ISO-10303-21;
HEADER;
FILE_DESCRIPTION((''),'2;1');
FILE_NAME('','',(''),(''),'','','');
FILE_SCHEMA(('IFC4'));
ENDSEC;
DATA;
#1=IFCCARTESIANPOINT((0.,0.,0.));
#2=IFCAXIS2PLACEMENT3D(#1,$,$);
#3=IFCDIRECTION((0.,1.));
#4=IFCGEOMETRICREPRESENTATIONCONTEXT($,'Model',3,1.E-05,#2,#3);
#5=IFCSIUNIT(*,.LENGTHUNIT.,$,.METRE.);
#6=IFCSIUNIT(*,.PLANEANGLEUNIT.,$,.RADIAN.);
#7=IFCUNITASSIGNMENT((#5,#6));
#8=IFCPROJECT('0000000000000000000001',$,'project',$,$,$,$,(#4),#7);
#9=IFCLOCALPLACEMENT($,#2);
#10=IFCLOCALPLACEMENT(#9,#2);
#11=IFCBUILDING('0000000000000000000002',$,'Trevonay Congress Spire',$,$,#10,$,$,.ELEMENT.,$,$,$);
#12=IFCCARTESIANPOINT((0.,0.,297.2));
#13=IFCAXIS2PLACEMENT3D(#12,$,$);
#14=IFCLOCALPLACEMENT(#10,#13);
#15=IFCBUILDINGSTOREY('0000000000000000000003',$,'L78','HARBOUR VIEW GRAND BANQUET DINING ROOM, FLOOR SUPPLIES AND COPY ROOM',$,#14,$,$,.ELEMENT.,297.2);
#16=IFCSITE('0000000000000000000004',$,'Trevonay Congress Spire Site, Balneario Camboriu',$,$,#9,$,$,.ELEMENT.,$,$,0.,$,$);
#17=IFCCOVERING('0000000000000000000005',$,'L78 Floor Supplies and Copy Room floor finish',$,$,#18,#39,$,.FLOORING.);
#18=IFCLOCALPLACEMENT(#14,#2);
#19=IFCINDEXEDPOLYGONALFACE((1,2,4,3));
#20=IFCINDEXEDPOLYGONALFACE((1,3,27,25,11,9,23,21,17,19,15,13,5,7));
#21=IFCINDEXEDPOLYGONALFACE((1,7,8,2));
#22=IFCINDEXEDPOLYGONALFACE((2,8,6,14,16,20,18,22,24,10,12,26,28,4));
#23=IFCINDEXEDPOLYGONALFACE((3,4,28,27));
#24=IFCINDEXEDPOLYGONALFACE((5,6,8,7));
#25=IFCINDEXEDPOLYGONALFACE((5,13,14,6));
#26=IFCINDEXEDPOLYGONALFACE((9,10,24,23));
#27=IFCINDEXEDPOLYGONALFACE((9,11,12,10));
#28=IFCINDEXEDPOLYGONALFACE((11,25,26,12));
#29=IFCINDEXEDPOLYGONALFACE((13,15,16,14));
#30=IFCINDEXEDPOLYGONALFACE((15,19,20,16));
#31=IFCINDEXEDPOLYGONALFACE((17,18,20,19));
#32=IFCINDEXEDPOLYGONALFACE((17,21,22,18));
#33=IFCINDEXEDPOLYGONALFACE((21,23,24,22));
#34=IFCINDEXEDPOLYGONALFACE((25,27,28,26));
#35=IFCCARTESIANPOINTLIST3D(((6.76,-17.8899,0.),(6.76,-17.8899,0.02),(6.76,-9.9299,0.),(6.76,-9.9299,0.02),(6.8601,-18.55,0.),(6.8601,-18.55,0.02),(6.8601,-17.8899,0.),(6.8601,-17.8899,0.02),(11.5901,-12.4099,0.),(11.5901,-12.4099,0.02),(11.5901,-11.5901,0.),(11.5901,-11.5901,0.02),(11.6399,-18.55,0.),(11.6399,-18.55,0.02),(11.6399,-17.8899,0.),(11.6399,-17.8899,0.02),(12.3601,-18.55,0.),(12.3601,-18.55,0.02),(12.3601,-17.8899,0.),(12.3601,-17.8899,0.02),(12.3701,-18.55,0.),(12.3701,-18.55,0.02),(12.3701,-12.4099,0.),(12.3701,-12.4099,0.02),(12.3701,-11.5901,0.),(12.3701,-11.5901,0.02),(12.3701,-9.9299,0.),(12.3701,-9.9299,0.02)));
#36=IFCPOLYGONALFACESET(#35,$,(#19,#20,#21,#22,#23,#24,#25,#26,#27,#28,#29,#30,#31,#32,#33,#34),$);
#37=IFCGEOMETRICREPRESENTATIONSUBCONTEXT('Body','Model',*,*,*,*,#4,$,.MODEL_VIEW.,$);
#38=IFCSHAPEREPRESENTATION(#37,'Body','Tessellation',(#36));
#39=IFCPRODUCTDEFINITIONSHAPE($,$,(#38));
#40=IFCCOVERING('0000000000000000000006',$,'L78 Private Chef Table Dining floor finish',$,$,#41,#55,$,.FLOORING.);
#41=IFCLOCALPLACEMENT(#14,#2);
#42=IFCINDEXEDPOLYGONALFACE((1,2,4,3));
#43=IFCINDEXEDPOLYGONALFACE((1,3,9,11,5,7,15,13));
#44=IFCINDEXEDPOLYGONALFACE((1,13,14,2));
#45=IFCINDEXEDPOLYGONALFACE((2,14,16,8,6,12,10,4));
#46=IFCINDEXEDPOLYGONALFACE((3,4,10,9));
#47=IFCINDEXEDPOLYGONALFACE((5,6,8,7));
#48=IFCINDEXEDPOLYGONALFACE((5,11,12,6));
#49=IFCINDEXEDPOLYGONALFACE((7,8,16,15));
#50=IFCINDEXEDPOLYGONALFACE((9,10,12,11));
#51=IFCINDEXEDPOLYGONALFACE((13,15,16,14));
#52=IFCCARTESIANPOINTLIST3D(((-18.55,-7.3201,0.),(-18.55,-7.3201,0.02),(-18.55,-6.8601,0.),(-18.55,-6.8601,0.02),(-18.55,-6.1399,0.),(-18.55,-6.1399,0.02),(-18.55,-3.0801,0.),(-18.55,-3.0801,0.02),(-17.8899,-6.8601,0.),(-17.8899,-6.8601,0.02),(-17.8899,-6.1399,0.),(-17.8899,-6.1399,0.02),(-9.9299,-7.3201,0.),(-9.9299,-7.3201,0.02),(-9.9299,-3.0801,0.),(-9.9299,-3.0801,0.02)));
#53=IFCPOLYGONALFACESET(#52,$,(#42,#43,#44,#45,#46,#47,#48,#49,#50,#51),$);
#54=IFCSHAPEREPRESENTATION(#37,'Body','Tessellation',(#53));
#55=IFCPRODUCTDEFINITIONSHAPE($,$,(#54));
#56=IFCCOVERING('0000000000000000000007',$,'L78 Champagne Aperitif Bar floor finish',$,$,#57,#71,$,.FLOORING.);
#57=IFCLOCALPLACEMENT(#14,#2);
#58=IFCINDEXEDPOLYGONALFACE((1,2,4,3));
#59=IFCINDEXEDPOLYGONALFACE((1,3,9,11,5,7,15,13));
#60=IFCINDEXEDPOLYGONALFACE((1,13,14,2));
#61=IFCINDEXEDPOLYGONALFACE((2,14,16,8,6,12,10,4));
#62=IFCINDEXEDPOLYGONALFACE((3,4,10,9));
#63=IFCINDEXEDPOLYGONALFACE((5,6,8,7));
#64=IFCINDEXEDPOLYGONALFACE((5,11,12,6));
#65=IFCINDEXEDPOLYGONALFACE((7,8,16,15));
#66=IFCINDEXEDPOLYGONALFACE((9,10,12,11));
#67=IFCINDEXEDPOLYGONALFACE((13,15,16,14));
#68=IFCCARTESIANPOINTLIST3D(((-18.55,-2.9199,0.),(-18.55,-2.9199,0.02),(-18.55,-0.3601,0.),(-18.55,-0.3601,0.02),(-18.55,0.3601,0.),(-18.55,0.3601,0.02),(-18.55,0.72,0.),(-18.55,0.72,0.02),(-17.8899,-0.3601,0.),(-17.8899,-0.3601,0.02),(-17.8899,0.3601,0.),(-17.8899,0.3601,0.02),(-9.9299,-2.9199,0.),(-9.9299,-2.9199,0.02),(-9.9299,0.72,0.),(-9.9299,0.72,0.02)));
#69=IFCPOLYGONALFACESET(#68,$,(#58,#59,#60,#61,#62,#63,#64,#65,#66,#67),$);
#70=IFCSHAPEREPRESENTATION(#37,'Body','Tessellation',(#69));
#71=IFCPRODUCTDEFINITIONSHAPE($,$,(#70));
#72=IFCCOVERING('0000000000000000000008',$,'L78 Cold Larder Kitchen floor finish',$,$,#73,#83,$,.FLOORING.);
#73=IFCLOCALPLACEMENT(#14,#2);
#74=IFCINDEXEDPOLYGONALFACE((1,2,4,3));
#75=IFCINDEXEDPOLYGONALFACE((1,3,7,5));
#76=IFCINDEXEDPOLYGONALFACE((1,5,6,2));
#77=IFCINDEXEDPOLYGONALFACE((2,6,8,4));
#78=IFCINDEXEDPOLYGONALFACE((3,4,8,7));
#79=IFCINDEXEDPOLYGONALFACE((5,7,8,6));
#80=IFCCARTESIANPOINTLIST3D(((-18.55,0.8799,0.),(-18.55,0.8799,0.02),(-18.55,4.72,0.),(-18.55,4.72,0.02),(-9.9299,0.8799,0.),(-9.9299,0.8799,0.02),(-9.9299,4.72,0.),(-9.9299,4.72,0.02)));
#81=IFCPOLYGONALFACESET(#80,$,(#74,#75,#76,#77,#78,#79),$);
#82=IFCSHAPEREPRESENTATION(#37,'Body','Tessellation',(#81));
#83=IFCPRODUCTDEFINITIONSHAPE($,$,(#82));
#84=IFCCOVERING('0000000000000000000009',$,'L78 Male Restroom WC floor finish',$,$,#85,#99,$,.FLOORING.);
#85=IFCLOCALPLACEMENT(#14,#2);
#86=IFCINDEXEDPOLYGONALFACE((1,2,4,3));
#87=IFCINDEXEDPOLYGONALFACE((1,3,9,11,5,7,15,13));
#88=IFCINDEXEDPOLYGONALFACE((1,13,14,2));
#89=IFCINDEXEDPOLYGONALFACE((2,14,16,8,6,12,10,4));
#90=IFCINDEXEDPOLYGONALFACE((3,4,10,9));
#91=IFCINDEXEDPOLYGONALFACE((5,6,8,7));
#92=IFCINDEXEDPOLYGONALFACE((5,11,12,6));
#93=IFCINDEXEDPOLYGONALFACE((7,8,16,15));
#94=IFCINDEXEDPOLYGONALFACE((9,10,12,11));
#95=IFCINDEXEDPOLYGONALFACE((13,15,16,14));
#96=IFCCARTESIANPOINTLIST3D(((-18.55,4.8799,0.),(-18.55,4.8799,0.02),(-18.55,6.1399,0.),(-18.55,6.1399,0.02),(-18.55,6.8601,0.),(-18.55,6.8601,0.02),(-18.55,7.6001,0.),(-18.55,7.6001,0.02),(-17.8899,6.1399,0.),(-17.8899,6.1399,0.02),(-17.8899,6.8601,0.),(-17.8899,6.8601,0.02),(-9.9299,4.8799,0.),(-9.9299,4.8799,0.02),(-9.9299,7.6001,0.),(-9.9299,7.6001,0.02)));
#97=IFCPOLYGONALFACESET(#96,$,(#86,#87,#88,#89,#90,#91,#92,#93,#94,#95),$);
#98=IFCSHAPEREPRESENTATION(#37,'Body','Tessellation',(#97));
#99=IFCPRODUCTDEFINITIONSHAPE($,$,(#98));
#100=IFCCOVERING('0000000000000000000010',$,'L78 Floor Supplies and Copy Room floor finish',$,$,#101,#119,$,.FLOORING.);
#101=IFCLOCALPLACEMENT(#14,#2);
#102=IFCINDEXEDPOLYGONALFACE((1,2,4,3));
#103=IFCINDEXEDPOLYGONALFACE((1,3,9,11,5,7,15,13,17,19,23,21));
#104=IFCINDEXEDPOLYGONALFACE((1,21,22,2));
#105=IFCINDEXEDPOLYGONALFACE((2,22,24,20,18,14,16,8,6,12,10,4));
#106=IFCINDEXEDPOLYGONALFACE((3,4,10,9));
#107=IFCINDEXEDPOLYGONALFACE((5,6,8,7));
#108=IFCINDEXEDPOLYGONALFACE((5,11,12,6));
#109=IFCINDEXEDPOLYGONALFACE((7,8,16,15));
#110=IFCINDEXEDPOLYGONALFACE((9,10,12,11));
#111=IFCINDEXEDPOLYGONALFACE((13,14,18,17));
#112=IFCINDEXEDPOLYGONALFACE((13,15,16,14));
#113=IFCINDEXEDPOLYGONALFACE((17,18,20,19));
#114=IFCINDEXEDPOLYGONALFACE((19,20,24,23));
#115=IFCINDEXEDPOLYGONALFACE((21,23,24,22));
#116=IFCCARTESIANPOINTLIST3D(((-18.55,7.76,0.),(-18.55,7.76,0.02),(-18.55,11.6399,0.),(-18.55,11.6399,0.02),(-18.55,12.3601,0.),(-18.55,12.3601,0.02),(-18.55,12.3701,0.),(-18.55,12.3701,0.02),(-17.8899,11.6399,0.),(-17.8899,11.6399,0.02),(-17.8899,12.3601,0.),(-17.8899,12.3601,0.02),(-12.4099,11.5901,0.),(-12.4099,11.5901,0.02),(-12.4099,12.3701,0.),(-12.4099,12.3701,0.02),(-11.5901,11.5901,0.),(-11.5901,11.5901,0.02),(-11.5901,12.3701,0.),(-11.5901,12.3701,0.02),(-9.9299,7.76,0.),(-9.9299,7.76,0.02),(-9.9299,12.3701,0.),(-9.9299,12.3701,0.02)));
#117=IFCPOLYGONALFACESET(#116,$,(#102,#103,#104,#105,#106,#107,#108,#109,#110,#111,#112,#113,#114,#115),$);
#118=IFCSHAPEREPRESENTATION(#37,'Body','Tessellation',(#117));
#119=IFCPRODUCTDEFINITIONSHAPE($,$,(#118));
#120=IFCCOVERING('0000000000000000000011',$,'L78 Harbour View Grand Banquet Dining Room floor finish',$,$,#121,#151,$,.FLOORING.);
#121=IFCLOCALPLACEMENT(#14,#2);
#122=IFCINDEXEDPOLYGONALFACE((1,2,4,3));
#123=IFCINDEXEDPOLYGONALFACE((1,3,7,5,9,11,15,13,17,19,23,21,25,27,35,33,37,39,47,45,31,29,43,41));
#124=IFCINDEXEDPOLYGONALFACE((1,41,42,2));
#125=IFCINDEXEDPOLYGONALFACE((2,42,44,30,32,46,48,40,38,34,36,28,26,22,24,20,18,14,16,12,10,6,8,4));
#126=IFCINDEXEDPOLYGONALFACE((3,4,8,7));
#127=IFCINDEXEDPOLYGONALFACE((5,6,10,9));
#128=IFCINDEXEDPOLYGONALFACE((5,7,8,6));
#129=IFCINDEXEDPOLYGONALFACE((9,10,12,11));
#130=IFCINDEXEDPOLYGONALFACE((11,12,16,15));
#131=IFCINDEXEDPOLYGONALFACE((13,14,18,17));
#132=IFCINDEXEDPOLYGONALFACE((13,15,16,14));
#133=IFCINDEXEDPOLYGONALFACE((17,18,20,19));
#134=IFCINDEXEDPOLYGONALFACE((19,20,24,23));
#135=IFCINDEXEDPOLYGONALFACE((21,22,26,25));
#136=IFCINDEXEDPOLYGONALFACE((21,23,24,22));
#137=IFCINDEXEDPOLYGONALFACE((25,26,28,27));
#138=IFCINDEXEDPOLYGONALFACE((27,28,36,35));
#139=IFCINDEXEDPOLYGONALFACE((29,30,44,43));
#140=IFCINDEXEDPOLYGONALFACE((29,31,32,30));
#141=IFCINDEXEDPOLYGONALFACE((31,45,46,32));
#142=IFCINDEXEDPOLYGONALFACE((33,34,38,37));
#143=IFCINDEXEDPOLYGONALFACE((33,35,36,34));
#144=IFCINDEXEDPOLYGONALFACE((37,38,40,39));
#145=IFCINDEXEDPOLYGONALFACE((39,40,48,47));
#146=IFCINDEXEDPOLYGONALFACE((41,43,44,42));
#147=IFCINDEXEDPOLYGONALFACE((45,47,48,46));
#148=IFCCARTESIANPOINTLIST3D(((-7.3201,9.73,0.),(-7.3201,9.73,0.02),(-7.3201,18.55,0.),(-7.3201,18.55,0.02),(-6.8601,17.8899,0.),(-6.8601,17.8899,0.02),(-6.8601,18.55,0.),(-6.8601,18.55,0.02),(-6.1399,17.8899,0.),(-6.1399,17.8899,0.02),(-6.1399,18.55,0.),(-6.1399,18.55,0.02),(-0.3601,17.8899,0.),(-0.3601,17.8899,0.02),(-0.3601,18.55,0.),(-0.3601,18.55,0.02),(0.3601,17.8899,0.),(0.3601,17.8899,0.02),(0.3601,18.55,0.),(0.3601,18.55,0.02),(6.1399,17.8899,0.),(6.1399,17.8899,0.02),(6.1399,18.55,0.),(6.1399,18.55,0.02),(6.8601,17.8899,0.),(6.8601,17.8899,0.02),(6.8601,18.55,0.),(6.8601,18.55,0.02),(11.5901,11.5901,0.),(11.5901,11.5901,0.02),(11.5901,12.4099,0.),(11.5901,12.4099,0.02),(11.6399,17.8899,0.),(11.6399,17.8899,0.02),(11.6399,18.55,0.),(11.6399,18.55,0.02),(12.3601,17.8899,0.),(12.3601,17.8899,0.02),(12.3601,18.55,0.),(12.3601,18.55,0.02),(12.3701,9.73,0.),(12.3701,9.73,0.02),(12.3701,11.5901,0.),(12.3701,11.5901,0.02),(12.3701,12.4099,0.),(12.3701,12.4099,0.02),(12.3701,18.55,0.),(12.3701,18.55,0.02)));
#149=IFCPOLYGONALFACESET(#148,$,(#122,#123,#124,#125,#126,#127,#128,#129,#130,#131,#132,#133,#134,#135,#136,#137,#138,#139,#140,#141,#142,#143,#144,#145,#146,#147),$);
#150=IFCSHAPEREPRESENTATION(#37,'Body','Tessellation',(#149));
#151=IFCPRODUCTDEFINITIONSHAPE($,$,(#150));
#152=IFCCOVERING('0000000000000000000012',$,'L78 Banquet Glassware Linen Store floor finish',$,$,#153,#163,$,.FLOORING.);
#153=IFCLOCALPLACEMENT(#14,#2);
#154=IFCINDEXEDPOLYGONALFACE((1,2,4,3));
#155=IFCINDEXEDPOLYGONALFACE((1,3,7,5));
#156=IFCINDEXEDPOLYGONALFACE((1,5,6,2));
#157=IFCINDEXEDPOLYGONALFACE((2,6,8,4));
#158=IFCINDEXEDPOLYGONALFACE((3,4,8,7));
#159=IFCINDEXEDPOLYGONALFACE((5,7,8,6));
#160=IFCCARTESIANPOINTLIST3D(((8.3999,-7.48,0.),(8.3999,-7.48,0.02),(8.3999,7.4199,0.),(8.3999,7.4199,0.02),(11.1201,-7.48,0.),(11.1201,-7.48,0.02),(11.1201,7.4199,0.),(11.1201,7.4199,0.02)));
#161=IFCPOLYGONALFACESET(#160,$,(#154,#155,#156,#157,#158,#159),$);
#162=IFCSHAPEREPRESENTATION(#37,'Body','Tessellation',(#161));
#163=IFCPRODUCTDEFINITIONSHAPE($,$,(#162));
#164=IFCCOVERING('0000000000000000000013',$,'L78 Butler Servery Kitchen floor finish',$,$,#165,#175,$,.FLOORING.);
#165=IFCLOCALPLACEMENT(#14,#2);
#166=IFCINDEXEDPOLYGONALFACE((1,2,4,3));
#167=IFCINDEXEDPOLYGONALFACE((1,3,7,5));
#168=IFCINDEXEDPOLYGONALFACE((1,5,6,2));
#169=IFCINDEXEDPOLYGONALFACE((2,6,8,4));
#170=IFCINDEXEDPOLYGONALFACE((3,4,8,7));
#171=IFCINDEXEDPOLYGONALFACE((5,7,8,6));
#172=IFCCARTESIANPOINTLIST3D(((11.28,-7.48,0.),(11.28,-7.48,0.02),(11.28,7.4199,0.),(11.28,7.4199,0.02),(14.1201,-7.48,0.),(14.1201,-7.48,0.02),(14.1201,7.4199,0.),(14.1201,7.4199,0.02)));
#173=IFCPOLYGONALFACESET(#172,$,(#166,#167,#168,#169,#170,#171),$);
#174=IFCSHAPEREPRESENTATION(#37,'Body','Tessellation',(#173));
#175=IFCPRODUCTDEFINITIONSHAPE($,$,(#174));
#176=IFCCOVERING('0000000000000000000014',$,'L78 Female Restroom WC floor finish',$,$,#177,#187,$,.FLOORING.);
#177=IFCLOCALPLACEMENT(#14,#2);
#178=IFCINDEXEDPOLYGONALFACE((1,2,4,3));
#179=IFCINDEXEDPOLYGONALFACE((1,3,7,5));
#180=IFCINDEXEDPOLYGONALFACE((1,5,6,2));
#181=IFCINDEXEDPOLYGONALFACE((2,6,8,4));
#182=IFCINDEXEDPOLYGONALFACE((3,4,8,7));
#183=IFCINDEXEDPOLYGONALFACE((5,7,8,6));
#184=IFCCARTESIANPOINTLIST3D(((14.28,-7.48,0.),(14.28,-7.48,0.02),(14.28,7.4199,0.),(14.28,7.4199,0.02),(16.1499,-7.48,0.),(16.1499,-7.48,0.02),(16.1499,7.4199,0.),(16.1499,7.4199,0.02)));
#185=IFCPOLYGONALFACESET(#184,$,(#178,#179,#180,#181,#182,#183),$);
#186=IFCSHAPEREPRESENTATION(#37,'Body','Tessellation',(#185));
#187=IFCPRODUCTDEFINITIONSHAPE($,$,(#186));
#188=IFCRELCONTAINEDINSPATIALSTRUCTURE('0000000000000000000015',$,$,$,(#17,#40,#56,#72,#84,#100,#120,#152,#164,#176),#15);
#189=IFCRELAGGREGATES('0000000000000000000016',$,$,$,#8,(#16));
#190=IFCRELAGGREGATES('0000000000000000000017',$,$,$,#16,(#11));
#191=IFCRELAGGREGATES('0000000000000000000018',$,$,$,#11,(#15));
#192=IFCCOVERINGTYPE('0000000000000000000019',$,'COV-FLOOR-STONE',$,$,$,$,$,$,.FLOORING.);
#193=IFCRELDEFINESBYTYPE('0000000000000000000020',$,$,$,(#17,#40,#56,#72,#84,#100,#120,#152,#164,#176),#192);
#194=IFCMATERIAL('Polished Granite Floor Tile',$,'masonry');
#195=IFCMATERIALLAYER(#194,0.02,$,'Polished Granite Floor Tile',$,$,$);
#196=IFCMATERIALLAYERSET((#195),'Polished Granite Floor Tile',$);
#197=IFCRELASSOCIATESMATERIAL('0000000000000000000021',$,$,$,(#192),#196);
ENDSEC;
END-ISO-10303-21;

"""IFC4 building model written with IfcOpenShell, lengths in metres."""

from ifc_helpers import new_model, si_unit, direction, frame, origin, place, context, subcontext, project, spatial, polyline, outline, extrude, material, layer, layer_set, type_object, element, save


model = new_model("IFC4")

# Units and contexts
model_context = context("Model", 3, precision=1e-05, world=origin(), true_north=direction((0.0, 1.0)))
body_context = subcontext(model_context, "Body", "Model", "MODEL_VIEW")
ifc_project = project(units=[si_unit("LENGTHUNIT", "METRE"), si_unit("PLANEANGLEUNIT", "RADIAN")], contexts=[model_context])

# Site, building, storey
site_placement = place(None, origin())
site = spatial("IfcSite", under=ifc_project, at=site_placement, Name="Trevonay Congress Spire Site, Balneario Camboriu", CompositionType="ELEMENT", RefElevation=0.0)
building_placement = place(site_placement, origin())
building = spatial("IfcBuilding", under=site, at=building_placement, Name="Trevonay Congress Spire", CompositionType="ELEMENT")
storey_placement = place(building_placement, frame((0.0, 0.0, 297.2)))
storey = spatial("IfcBuildingStorey", under=building, at=storey_placement, Name="L78", Description="HARBOUR VIEW GRAND BANQUET DINING ROOM, FLOOR SUPPLIES AND COPY ROOM", CompositionType="ELEMENT", Elevation=297.2)

# Coverings
ifc_material_1 = material(Name="Polished Granite Floor Tile", Category="masonry")
ifc_layer_1 = layer(ifc_material_1, 0.02, Name="Polished Granite Floor Tile")
ifc_layer_set_1 = layer_set([ifc_layer_1], Name="Polished Granite Floor Tile")
covering_type_1 = type_object("IfcCoveringType", Name="COV-FLOOR-STONE", PredefinedType="FLOORING", material=ifc_layer_set_1)
covering_1_placement = place(storey_placement, origin())
element("IfcCovering", 1, at=covering_1_placement, inside=storey, type_object=covering_type_1, Name="L78 Floor Supplies and Copy Room floor finish", PredefinedType="FLOORING", context=body_context, shape_type="SweptSolid", body=[
    extrude(outline(polyline([(6.8601, -18.55), (6.8601, -17.8899), (6.76, -17.8899), (6.76, -9.9299), (12.3701, -9.9299), (12.3701, -11.5901), (11.5901, -11.5901), (11.5901, -12.4099), (12.3701, -12.4099), (12.3701, -18.55), (12.3601, -18.55), (12.3601, -17.8899), (11.6399, -17.8899), (11.6399, -18.55), (6.8601, -18.55)])), origin(), (0.0, 0.0, 1.0), 0.02),
])
covering_2_placement = place(storey_placement, origin())
element("IfcCovering", 2, at=covering_2_placement, inside=storey, type_object=covering_type_1, Name="L78 Private Chef Table Dining floor finish", PredefinedType="FLOORING", context=body_context, shape_type="SweptSolid", body=[
    extrude(outline(polyline([(-18.55, -3.0801), (-9.9299, -3.0801), (-9.9299, -7.3201), (-18.55, -7.3201), (-18.55, -6.8601), (-17.8899, -6.8601), (-17.8899, -6.1399), (-18.55, -6.1399), (-18.55, -3.0801)])), origin(), (0.0, 0.0, 1.0), 0.02),
])
covering_3_placement = place(storey_placement, origin())
element("IfcCovering", 3, at=covering_3_placement, inside=storey, type_object=covering_type_1, Name="L78 Champagne Aperitif Bar floor finish", PredefinedType="FLOORING", context=body_context, shape_type="SweptSolid", body=[
    extrude(outline(polyline([(-18.55, 0.72), (-9.9299, 0.72), (-9.9299, -2.9199), (-18.55, -2.9199), (-18.55, -0.3601), (-17.8899, -0.3601), (-17.8899, 0.3601), (-18.55, 0.3601), (-18.55, 0.72)])), origin(), (0.0, 0.0, 1.0), 0.02),
])
covering_4_placement = place(storey_placement, origin())
element("IfcCovering", 4, at=covering_4_placement, inside=storey, type_object=covering_type_1, Name="L78 Cold Larder Kitchen floor finish", PredefinedType="FLOORING", context=body_context, shape_type="SweptSolid", body=[
    extrude(outline(polyline([(-18.55, 0.8799), (-9.9299, 0.8799), (-9.9299, 4.72), (-18.55, 4.72), (-18.55, 0.8799)])), origin(), (0.0, 0.0, 1.0), 0.02),
])
covering_5_placement = place(storey_placement, origin())
element("IfcCovering", 5, at=covering_5_placement, inside=storey, type_object=covering_type_1, Name="L78 Male Restroom WC floor finish", PredefinedType="FLOORING", context=body_context, shape_type="SweptSolid", body=[
    extrude(outline(polyline([(-18.55, 7.6001), (-9.9299, 7.6001), (-9.9299, 4.8799), (-18.55, 4.8799), (-18.55, 6.1399), (-17.8899, 6.1399), (-17.8899, 6.8601), (-18.55, 6.8601), (-18.55, 7.6001)])), origin(), (0.0, 0.0, 1.0), 0.02),
])
covering_6_placement = place(storey_placement, origin())
element("IfcCovering", 6, at=covering_6_placement, inside=storey, type_object=covering_type_1, Name="L78 Floor Supplies and Copy Room floor finish", PredefinedType="FLOORING", context=body_context, shape_type="SweptSolid", body=[
    extrude(outline(polyline([(-9.9299, 12.3701), (-9.9299, 7.76), (-18.55, 7.76), (-18.55, 11.6399), (-17.8899, 11.6399), (-17.8899, 12.3601), (-18.55, 12.3601), (-18.55, 12.3701), (-12.4099, 12.3701), (-12.4099, 11.5901), (-11.5901, 11.5901), (-11.5901, 12.3701), (-9.9299, 12.3701)])), origin(), (0.0, 0.0, 1.0), 0.02),
])
covering_7_placement = place(storey_placement, origin())
element("IfcCovering", 7, at=covering_7_placement, inside=storey, type_object=covering_type_1, Name="L78 Harbour View Grand Banquet Dining Room floor finish", PredefinedType="FLOORING", context=body_context, shape_type="SweptSolid", body=[
    extrude(outline(polyline([(12.3701, 9.73), (-7.3201, 9.73), (-7.3201, 18.55), (-6.8601, 18.55), (-6.8601, 17.8899), (-6.1399, 17.8899), (-6.1399, 18.55), (-0.3601, 18.55), (-0.3601, 17.8899), (0.3601, 17.8899), (0.3601, 18.55), (6.1399, 18.55), (6.1399, 17.8899), (6.8601, 17.8899), (6.8601, 18.55), (11.6399, 18.55), (11.6399, 17.8899), (12.3601, 17.8899), (12.3601, 18.55), (12.3701, 18.55), (12.3701, 12.4099), (11.5901, 12.4099), (11.5901, 11.5901), (12.3701, 11.5901), (12.3701, 9.73)])), origin(), (0.0, 0.0, 1.0), 0.02),
])
covering_8_placement = place(storey_placement, origin())
element("IfcCovering", 8, at=covering_8_placement, inside=storey, type_object=covering_type_1, Name="L78 Banquet Glassware Linen Store floor finish", PredefinedType="FLOORING", context=body_context, shape_type="SweptSolid", body=[
    extrude(outline(polyline([(8.3999, -7.48), (11.1201, -7.48), (11.1201, 7.4199), (8.3999, 7.4199), (8.3999, -7.48)])), origin(), (0.0, 0.0, 1.0), 0.02),
])
covering_9_placement = place(storey_placement, origin())
element("IfcCovering", 9, at=covering_9_placement, inside=storey, type_object=covering_type_1, Name="L78 Butler Servery Kitchen floor finish", PredefinedType="FLOORING", context=body_context, shape_type="SweptSolid", body=[
    extrude(outline(polyline([(11.28, -7.48), (14.1201, -7.48), (14.1201, 7.4199), (11.28, 7.4199), (11.28, -7.48)])), origin(), (0.0, 0.0, 1.0), 0.02),
])
covering_10_placement = place(storey_placement, origin())
element("IfcCovering", 10, at=covering_10_placement, inside=storey, type_object=covering_type_1, Name="L78 Female Restroom WC floor finish", PredefinedType="FLOORING", context=body_context, shape_type="SweptSolid", body=[
    extrude(outline(polyline([(14.28, -7.48), (16.1499, -7.48), (16.1499, 7.4199), (14.28, 7.4199), (14.28, -7.48)])), origin(), (0.0, 0.0, 1.0), 0.02),
])

save(model, "model.ifc")
